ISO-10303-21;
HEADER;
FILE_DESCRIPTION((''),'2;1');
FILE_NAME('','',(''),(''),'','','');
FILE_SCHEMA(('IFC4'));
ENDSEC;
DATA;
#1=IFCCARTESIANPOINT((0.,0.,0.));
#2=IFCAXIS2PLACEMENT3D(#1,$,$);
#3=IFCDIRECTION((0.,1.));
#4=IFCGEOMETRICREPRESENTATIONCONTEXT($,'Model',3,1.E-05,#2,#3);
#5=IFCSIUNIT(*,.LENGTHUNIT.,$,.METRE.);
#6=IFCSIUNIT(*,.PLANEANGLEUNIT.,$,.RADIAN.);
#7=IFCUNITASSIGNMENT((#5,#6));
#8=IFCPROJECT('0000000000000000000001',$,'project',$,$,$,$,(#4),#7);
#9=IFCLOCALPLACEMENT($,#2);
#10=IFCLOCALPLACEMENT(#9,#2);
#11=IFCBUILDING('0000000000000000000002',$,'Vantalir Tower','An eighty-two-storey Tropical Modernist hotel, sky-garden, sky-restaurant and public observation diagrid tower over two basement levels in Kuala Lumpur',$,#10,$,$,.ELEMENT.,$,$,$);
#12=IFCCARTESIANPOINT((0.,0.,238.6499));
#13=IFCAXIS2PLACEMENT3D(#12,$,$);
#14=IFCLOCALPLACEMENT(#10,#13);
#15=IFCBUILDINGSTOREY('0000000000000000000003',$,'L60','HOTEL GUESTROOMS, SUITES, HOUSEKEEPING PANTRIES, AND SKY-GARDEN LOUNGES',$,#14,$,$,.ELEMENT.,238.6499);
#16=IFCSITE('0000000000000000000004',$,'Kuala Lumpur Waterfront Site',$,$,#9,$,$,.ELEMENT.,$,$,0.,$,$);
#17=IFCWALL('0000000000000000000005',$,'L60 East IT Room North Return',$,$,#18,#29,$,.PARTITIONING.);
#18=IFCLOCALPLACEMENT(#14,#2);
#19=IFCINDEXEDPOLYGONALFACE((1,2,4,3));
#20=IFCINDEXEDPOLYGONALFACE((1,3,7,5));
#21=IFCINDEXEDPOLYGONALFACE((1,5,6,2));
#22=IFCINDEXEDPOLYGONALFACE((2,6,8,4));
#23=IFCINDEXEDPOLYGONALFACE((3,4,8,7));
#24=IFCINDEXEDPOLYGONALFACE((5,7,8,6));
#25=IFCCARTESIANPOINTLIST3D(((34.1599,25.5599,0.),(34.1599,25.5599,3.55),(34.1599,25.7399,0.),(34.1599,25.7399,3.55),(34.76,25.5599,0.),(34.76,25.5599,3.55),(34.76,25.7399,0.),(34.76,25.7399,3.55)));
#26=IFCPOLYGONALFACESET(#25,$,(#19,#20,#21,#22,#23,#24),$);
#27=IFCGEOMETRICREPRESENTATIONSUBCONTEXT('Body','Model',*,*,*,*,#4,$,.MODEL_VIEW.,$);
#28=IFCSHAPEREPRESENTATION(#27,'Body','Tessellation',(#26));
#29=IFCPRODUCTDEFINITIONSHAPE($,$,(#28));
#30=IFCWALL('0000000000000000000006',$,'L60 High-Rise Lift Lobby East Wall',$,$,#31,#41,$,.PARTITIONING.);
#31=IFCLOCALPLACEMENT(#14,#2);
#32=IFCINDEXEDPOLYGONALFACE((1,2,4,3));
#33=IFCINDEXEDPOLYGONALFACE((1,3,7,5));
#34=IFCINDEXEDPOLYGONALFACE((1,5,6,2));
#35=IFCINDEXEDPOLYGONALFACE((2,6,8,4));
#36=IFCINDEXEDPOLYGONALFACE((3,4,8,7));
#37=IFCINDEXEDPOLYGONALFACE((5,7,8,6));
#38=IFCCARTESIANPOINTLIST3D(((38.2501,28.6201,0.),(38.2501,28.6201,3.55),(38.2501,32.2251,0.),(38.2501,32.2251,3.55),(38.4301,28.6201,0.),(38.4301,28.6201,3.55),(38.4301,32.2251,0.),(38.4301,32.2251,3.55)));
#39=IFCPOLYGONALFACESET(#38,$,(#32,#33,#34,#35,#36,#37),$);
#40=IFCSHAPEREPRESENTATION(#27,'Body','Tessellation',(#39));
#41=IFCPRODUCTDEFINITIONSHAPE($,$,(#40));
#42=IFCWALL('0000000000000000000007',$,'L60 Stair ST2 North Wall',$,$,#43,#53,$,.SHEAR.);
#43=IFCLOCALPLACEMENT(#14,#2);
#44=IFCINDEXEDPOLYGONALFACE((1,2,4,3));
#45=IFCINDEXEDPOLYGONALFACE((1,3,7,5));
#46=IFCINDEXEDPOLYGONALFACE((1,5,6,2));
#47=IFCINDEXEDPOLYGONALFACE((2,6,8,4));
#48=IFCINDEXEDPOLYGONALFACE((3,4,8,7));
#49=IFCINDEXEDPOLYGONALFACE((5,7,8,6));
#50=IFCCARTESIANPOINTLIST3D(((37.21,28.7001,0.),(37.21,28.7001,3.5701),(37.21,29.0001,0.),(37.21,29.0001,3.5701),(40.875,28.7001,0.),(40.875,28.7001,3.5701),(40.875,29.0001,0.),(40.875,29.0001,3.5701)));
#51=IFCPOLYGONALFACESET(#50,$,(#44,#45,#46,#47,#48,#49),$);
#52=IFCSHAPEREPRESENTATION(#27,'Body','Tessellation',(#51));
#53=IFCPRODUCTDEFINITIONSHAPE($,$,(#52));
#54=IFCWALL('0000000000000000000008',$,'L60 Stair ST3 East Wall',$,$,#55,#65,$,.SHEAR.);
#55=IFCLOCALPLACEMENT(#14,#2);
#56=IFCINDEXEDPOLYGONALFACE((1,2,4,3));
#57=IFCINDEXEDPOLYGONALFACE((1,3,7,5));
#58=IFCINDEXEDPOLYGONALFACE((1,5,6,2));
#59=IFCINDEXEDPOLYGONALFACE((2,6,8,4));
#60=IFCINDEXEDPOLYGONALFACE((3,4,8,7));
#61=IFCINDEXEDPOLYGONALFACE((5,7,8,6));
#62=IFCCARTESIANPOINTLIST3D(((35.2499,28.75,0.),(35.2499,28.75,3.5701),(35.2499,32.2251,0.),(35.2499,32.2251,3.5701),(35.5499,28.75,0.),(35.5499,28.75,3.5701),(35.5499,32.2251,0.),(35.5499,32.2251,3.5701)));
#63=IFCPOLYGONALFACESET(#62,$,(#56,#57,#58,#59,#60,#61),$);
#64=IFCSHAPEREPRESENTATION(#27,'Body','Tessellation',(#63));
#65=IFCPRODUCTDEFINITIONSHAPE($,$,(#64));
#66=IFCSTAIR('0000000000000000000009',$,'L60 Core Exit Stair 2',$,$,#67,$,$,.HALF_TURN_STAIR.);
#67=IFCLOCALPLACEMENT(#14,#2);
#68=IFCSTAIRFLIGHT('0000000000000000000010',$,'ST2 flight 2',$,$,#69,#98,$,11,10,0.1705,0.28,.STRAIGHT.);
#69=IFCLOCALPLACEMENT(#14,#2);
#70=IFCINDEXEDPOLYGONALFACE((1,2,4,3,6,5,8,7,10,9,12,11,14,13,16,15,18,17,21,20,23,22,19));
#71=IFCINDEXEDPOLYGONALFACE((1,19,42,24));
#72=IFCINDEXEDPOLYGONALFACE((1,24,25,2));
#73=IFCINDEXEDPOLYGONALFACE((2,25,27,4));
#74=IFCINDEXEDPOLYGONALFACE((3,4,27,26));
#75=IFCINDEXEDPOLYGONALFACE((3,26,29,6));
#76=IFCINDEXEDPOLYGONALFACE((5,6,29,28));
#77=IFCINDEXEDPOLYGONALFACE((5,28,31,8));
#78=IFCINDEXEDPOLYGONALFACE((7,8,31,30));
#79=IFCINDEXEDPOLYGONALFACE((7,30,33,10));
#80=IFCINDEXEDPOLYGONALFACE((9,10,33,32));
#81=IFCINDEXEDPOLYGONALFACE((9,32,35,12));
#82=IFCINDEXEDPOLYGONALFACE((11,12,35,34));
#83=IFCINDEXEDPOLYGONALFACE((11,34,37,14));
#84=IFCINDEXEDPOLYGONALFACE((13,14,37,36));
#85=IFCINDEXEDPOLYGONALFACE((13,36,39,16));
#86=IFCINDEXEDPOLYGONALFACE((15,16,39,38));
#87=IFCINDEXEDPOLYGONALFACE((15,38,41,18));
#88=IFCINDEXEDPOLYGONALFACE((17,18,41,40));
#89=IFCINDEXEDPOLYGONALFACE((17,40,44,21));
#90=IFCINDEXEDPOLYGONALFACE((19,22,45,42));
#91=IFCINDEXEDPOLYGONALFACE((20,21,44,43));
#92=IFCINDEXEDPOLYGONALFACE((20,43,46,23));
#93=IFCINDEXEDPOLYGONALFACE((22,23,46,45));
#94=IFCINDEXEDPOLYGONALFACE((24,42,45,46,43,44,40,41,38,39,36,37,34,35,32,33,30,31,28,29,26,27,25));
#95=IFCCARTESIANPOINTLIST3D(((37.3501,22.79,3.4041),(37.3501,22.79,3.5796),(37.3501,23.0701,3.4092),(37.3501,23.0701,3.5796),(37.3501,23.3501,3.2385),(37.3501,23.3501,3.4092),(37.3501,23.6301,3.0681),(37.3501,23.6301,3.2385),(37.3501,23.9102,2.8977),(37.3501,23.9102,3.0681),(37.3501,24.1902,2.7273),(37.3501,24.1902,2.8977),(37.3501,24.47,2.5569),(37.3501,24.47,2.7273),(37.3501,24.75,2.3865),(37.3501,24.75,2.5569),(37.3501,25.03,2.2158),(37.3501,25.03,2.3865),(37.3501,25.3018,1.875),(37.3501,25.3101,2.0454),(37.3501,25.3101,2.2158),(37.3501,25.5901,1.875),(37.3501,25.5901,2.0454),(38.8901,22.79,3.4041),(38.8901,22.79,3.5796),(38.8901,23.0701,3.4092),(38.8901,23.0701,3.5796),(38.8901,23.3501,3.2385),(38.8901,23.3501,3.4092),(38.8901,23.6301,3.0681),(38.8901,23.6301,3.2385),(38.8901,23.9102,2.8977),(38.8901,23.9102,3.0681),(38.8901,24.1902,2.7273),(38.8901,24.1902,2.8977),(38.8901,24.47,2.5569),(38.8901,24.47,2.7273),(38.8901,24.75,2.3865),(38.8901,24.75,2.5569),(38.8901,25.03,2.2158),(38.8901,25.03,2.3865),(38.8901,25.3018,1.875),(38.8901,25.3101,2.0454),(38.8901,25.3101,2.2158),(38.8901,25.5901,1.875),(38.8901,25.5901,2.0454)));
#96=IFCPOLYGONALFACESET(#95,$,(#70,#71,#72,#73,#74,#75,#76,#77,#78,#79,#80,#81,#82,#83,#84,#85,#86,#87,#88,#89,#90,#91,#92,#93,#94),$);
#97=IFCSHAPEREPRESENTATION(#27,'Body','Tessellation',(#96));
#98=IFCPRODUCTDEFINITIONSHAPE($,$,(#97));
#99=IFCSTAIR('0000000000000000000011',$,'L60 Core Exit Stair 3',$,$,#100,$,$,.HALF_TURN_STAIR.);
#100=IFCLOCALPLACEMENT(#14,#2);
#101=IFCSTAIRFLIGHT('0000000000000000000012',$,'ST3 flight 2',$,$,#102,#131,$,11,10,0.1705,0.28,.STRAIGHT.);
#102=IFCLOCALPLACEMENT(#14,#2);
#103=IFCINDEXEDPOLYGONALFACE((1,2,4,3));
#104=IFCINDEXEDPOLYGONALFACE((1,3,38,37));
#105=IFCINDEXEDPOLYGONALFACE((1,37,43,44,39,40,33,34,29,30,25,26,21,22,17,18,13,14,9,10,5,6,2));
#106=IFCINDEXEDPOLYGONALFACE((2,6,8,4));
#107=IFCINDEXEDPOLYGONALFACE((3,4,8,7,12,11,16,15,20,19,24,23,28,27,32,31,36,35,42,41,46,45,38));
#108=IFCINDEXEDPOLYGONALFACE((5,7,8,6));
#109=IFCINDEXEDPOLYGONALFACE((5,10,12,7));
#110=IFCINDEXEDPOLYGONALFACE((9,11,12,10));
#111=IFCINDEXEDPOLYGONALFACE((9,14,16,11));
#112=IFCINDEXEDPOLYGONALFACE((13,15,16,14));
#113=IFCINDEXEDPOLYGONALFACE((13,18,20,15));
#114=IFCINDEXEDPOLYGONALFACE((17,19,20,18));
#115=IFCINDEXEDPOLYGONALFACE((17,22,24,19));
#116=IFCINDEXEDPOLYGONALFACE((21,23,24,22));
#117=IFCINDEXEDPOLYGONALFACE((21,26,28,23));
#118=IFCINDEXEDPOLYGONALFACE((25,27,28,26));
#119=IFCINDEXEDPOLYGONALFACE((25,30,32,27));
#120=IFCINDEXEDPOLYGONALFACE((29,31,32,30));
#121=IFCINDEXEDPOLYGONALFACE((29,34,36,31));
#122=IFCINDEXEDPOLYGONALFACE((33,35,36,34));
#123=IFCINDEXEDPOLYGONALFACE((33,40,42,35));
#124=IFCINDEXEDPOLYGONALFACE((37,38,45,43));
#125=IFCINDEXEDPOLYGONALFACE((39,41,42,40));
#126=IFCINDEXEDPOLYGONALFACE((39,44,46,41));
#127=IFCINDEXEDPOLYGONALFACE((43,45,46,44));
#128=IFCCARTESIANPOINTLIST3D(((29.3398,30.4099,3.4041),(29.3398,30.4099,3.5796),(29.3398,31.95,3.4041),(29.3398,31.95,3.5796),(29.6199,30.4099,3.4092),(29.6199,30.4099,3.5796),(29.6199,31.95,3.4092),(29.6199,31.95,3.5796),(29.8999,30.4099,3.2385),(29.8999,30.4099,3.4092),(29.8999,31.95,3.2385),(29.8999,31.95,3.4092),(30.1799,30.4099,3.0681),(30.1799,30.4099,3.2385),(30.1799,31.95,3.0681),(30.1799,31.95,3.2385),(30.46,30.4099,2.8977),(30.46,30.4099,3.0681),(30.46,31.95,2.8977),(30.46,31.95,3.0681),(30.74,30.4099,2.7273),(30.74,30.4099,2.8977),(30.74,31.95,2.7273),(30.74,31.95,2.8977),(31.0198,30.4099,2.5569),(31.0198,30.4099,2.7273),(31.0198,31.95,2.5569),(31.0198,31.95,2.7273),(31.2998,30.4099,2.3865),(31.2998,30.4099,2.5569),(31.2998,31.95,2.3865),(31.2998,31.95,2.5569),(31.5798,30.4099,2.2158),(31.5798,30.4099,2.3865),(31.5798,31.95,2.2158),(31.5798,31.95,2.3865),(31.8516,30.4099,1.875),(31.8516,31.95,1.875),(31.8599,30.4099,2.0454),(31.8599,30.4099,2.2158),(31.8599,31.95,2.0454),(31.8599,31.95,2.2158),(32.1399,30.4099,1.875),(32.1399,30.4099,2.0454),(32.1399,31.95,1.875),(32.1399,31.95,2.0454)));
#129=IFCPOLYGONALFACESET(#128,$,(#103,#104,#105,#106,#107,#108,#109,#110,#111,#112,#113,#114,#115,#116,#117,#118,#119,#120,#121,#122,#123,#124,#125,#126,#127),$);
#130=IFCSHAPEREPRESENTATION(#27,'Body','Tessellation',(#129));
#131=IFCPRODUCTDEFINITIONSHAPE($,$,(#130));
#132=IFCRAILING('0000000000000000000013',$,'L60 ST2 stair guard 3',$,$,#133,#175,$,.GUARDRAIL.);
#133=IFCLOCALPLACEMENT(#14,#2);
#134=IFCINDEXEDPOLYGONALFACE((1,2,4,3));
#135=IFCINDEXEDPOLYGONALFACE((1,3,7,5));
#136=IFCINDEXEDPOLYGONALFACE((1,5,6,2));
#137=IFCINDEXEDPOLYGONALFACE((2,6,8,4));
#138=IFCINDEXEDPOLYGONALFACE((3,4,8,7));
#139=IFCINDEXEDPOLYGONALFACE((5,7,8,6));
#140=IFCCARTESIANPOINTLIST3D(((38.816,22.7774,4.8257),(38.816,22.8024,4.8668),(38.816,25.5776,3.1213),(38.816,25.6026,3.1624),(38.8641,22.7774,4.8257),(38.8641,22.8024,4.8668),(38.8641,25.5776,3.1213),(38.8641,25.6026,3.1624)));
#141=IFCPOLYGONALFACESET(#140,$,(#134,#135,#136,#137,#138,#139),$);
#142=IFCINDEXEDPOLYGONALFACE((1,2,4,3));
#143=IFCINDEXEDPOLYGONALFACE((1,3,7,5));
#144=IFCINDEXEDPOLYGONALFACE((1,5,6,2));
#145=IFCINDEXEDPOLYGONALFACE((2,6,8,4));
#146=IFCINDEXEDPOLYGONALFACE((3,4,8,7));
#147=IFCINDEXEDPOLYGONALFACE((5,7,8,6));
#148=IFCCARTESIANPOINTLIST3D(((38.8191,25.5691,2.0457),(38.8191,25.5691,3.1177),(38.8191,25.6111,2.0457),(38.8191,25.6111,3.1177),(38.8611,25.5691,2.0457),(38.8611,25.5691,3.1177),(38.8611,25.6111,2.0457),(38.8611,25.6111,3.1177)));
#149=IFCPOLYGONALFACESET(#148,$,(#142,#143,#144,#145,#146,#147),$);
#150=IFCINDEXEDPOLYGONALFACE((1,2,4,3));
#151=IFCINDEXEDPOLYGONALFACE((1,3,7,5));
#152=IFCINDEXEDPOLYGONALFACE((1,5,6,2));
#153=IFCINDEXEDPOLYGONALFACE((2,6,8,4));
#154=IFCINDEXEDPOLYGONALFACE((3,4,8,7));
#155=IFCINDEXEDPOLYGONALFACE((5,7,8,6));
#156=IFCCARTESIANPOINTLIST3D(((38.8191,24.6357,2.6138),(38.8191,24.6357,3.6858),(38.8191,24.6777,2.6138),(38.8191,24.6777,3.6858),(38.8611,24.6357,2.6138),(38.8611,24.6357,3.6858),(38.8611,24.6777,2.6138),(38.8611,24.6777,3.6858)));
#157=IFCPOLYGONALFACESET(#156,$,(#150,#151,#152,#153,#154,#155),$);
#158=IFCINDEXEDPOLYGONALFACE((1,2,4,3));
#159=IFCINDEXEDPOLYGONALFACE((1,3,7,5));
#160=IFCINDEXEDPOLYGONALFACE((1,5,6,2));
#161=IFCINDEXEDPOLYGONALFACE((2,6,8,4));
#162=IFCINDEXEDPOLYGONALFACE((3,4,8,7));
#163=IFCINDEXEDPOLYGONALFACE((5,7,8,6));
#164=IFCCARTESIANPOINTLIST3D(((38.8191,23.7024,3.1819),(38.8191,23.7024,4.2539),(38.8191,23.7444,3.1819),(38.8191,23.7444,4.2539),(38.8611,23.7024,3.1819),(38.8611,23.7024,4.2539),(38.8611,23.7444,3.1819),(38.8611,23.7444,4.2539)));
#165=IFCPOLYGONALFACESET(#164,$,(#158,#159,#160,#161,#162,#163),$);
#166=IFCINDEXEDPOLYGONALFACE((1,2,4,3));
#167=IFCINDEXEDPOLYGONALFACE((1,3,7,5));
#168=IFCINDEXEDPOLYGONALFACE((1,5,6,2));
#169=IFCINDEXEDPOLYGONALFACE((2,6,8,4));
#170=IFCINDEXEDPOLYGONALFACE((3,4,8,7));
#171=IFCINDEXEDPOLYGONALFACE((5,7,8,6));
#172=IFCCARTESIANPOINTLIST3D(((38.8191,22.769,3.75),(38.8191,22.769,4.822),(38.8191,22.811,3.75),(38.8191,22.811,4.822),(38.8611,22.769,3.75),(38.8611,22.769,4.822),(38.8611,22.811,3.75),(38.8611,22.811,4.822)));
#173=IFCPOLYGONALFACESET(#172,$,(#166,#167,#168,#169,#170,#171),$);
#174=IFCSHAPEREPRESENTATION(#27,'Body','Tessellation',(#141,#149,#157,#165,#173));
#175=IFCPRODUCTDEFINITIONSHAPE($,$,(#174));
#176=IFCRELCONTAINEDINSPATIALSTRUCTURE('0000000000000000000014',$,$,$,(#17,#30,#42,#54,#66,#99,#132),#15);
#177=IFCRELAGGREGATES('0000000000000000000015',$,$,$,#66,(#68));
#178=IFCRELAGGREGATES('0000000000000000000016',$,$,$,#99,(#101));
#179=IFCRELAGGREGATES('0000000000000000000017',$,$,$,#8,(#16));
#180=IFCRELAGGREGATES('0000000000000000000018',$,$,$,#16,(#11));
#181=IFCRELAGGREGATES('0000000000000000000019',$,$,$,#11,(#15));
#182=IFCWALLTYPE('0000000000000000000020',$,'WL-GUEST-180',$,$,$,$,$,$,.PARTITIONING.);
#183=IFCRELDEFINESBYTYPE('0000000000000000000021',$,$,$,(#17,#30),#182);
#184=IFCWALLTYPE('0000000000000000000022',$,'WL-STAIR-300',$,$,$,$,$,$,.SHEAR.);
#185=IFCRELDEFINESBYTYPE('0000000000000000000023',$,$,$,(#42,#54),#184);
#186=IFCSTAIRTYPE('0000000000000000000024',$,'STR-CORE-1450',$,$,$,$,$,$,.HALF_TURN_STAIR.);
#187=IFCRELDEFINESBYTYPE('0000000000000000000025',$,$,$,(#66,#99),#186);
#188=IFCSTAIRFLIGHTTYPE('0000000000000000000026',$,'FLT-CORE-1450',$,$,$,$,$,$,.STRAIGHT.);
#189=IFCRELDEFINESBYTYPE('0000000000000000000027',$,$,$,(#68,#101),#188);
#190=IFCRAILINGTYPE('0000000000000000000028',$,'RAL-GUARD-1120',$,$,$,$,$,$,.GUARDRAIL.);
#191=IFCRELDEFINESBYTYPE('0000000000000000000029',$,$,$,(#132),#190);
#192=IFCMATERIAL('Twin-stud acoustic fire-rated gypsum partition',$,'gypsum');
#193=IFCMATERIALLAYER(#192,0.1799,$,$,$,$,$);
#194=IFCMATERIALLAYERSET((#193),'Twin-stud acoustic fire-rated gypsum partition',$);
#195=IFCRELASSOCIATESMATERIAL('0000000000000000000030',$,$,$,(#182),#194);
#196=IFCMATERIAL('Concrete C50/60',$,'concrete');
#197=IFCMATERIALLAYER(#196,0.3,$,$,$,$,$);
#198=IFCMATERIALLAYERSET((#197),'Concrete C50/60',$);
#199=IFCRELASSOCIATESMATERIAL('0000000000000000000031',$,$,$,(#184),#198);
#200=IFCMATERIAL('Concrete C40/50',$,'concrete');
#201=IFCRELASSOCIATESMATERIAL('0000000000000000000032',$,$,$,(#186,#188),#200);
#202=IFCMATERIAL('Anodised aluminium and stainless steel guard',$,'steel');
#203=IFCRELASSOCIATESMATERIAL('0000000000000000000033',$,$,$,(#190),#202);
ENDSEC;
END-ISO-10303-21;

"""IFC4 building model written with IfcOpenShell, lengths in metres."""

from ifc_helpers import new_model, si_unit, direction, frame, frame_2d, origin, origin_2d, place, context, subcontext, project, spatial, polyline, rectangle, outline, extrude, material, layer, layer_set, type_object, element, aggregate, save


model = new_model("IFC4")

# Units and contexts
model_context = context("Model", 3, precision=1e-05, world=origin(), true_north=direction((0.0, 1.0)))
body_context = subcontext(model_context, "Body", "Model", "MODEL_VIEW")
ifc_project = project(units=[si_unit("LENGTHUNIT", "METRE"), si_unit("PLANEANGLEUNIT", "RADIAN")], contexts=[model_context])

# Site, building, storey
site_placement = place(None, origin())
site = spatial("IfcSite", under=ifc_project, at=site_placement, Name="Kuala Lumpur Waterfront Site", CompositionType="ELEMENT", RefElevation=0.0)
building_placement = place(site_placement, origin())
building = spatial("IfcBuilding", under=site, at=building_placement, Name="Vantalir Tower", Description="An eighty-two-storey Tropical Modernist hotel, sky-garden, sky-restaurant and public observation diagrid tower over two basement levels in Kuala Lumpur", CompositionType="ELEMENT")
storey_placement = place(building_placement, frame((0.0, 0.0, 238.6499)))
storey = spatial("IfcBuildingStorey", under=building, at=storey_placement, Name="L60", Description="HOTEL GUESTROOMS, SUITES, HOUSEKEEPING PANTRIES, AND SKY-GARDEN LOUNGES", CompositionType="ELEMENT", Elevation=238.6499)

# Walls
ifc_material_1 = material(Name="Twin-stud acoustic fire-rated gypsum partition", Category="gypsum")
ifc_layer_1 = layer(ifc_material_1, 0.1799)
ifc_layer_set_1 = layer_set([ifc_layer_1], Name="Twin-stud acoustic fire-rated gypsum partition")
wall_type_1 = type_object("IfcWallType", Name="WL-GUEST-180", PredefinedType="PARTITIONING", material=ifc_layer_set_1)
wall_1_placement = place(storey_placement, frame((34.1599, 25.6499, 0.0), z_axis=(0.0, 0.0, 1.0), x_axis=(1.0, 0.0, 0.0)))
element("IfcWall", 1, at=wall_1_placement, inside=storey, type_object=wall_type_1, Name="L60 East IT Room North Return", PredefinedType="PARTITIONING", context=body_context, shape_type="SweptSolid", body=[
    extrude(rectangle(XDim=0.6001, YDim=0.1799, at=frame_2d((0.3, 0.0))), origin(), (0.0, 0.0, 1.0), 3.55),
])
wall_2_placement = place(storey_placement, frame((38.3401, 28.6201, 0.0), z_axis=(0.0, 0.0, 1.0), x_axis=(0.0, 1.0, 0.0)))
element("IfcWall", 2, at=wall_2_placement, inside=storey, type_object=wall_type_1, Name="L60 High-Rise Lift Lobby East Wall", PredefinedType="PARTITIONING", context=body_context, shape_type="SweptSolid", body=[
    extrude(rectangle(XDim=3.605, YDim=0.1799, at=frame_2d((1.8025, 0.0))), origin(), (0.0, 0.0, 1.0), 3.55),
])
ifc_material_2 = material(Name="Concrete C50/60", Category="concrete")
ifc_layer_2 = layer(ifc_material_2, 0.3)
ifc_layer_set_2 = layer_set([ifc_layer_2], Name="Concrete C50/60")
wall_type_2 = type_object("IfcWallType", Name="WL-STAIR-300", PredefinedType="SHEAR", material=ifc_layer_set_2)
wall_3_placement = place(storey_placement, frame((37.21, 28.8501, 0.0), z_axis=(0.0, 0.0, 1.0), x_axis=(1.0, 0.0, 0.0)))
element("IfcWall", 3, at=wall_3_placement, inside=storey, type_object=wall_type_2, Name="L60 Stair ST2 North Wall", PredefinedType="SHEAR", context=body_context, shape_type="SweptSolid", body=[
    extrude(rectangle(XDim=3.665, YDim=0.3, at=frame_2d((1.8325, 0.0))), origin(), (0.0, 0.0, 1.0), 3.5701),
])
wall_4_placement = place(storey_placement, frame((35.3999, 28.75, 0.0), z_axis=(0.0, 0.0, 1.0), x_axis=(0.0, 1.0, 0.0)))
element("IfcWall", 4, at=wall_4_placement, inside=storey, type_object=wall_type_2, Name="L60 Stair ST3 East Wall", PredefinedType="SHEAR", context=body_context, shape_type="SweptSolid", body=[
    extrude(rectangle(XDim=3.4751, YDim=0.3, at=frame_2d((1.7375, 0.0))), origin(), (0.0, 0.0, 1.0), 3.5701),
])

# Stairs, stair flights
ifc_material_3 = material(Name="Concrete C40/50", Category="concrete")
stair_type = type_object("IfcStairType", Name="STR-CORE-1450", PredefinedType="HALF_TURN_STAIR", material=ifc_material_3)
stair_1_placement = place(storey_placement, origin())
stair_1 = element("IfcStair", 5, at=stair_1_placement, inside=storey, type_object=stair_type, Name="L60 Core Exit Stair 2", PredefinedType="HALF_TURN_STAIR")
stair_flight_type = type_object("IfcStairFlightType", Name="FLT-CORE-1450", PredefinedType="STRAIGHT", material=ifc_material_3)
stair_flight_1_placement = place(storey_placement, frame((38.1201, 25.5901, 1.875), z_axis=(0.0, 0.0, 1.0), x_axis=(0.0, -1.0, 0.0)))
stair_flight_1 = element("IfcStairFlight", 6, at=stair_flight_1_placement, type_object=stair_flight_type, Name="ST2 flight 2", NumberOfRisers=11, NumberOfTreads=10, PredefinedType="STRAIGHT", RiserHeight=0.1705, TreadLength=0.28, context=body_context, shape_type="SweptSolid", body=[
    extrude(outline(polyline([(0.0, 0.0), (0.0, 0.1704), (0.28, 0.1704), (0.28, 0.3408), (0.5601, 0.3408), (0.5601, 0.5115), (0.8401, 0.5115), (0.8401, 0.6819), (1.1201, 0.6819), (1.1201, 0.8523), (1.3999, 0.8523), (1.3999, 1.0227), (1.6799, 1.0227), (1.6799, 1.1931), (1.96, 1.1931), (1.96, 1.3635), (2.24, 1.3635), (2.24, 1.5342), (2.52, 1.5342), (2.52, 1.7046), (2.8, 1.7046), (2.8, 1.875), (2.8, 1.5291), (0.2883, 0.0), (0.0, 0.0)])), frame((0.0, 0.77, 0.0), z_axis=(0.0, -1.0, 0.0), x_axis=(1.0, 0.0, 0.0)), (0.0, 0.0, 1.0), 1.54),
])
aggregate(stair_1, [stair_flight_1])
stair_2_placement = place(storey_placement, origin())
stair_2 = element("IfcStair", 7, at=stair_2_placement, inside=storey, type_object=stair_type, Name="L60 Core Exit Stair 3", PredefinedType="HALF_TURN_STAIR")
stair_flight_2_placement = place(storey_placement, frame((32.1399, 31.1799, 1.875), z_axis=(0.0, 0.0, 1.0), x_axis=(-1.0, 0.0, 0.0)))
stair_flight_2 = element("IfcStairFlight", 8, at=stair_flight_2_placement, type_object=stair_flight_type, Name="ST3 flight 2", NumberOfRisers=11, NumberOfTreads=10, PredefinedType="STRAIGHT", RiserHeight=0.1705, TreadLength=0.28, context=body_context, shape_type="SweptSolid", body=[
    extrude(outline(polyline([(0.0, 0.0), (0.0, 0.1704), (0.28, 0.1704), (0.28, 0.3408), (0.5601, 0.3408), (0.5601, 0.5115), (0.8401, 0.5115), (0.8401, 0.6819), (1.1201, 0.6819), (1.1201, 0.8523), (1.3999, 0.8523), (1.3999, 1.0227), (1.6799, 1.0227), (1.6799, 1.1931), (1.96, 1.1931), (1.96, 1.3635), (2.24, 1.3635), (2.24, 1.5342), (2.52, 1.5342), (2.52, 1.7046), (2.8, 1.7046), (2.8, 1.875), (2.8, 1.5291), (0.2883, 0.0), (0.0, 0.0)])), frame((0.0, 0.77, 0.0), z_axis=(0.0, -1.0, 0.0), x_axis=(1.0, 0.0, 0.0)), (0.0, 0.0, 1.0), 1.54),
])
aggregate(stair_2, [stair_flight_2])

# Railing
ifc_material_4 = material(Name="Anodised aluminium and stainless steel guard", Category="steel")
railing_type_1 = type_object("IfcRailingType", Name="RAL-GUARD-1120", PredefinedType="GUARDRAIL", material=ifc_material_4)
railing_1_placement = place(storey_placement, frame((38.8401, 25.5901, 2.0457)))
element("IfcRailing", 9, at=railing_1_placement, inside=storey, type_object=railing_type_1, Name="L60 ST2 stair guard 3", PredefinedType="GUARDRAIL", context=body_context, shape_type="SweptSolid", body=[
    extrude(rectangle(XDim=0.0481, YDim=0.0481, at=origin_2d()), frame((0.0, 0.0, 1.0962), z_axis=(0.0, -0.854203, 0.51994), x_axis=(1.0, 0.0, 0.0)), (0.0, 0.0, 1.0), 3.2781),
    extrude(rectangle(XDim=0.042, YDim=0.042, at=origin_2d()), origin(), (0.0, 0.0, 1.0), 1.072),
    extrude(rectangle(XDim=0.042, YDim=0.042, at=origin_2d()), frame((0.0, -0.9333, 0.5681)), (0.0, 0.0, 1.0), 1.072),
    extrude(rectangle(XDim=0.042, YDim=0.042, at=origin_2d()), frame((0.0, -1.8667, 1.1362)), (0.0, 0.0, 1.0), 1.072),
    extrude(rectangle(XDim=0.042, YDim=0.042, at=origin_2d()), frame((0.0, -2.8, 1.7043)), (0.0, 0.0, 1.0), 1.072),
])

save(model, "model.ifc")
